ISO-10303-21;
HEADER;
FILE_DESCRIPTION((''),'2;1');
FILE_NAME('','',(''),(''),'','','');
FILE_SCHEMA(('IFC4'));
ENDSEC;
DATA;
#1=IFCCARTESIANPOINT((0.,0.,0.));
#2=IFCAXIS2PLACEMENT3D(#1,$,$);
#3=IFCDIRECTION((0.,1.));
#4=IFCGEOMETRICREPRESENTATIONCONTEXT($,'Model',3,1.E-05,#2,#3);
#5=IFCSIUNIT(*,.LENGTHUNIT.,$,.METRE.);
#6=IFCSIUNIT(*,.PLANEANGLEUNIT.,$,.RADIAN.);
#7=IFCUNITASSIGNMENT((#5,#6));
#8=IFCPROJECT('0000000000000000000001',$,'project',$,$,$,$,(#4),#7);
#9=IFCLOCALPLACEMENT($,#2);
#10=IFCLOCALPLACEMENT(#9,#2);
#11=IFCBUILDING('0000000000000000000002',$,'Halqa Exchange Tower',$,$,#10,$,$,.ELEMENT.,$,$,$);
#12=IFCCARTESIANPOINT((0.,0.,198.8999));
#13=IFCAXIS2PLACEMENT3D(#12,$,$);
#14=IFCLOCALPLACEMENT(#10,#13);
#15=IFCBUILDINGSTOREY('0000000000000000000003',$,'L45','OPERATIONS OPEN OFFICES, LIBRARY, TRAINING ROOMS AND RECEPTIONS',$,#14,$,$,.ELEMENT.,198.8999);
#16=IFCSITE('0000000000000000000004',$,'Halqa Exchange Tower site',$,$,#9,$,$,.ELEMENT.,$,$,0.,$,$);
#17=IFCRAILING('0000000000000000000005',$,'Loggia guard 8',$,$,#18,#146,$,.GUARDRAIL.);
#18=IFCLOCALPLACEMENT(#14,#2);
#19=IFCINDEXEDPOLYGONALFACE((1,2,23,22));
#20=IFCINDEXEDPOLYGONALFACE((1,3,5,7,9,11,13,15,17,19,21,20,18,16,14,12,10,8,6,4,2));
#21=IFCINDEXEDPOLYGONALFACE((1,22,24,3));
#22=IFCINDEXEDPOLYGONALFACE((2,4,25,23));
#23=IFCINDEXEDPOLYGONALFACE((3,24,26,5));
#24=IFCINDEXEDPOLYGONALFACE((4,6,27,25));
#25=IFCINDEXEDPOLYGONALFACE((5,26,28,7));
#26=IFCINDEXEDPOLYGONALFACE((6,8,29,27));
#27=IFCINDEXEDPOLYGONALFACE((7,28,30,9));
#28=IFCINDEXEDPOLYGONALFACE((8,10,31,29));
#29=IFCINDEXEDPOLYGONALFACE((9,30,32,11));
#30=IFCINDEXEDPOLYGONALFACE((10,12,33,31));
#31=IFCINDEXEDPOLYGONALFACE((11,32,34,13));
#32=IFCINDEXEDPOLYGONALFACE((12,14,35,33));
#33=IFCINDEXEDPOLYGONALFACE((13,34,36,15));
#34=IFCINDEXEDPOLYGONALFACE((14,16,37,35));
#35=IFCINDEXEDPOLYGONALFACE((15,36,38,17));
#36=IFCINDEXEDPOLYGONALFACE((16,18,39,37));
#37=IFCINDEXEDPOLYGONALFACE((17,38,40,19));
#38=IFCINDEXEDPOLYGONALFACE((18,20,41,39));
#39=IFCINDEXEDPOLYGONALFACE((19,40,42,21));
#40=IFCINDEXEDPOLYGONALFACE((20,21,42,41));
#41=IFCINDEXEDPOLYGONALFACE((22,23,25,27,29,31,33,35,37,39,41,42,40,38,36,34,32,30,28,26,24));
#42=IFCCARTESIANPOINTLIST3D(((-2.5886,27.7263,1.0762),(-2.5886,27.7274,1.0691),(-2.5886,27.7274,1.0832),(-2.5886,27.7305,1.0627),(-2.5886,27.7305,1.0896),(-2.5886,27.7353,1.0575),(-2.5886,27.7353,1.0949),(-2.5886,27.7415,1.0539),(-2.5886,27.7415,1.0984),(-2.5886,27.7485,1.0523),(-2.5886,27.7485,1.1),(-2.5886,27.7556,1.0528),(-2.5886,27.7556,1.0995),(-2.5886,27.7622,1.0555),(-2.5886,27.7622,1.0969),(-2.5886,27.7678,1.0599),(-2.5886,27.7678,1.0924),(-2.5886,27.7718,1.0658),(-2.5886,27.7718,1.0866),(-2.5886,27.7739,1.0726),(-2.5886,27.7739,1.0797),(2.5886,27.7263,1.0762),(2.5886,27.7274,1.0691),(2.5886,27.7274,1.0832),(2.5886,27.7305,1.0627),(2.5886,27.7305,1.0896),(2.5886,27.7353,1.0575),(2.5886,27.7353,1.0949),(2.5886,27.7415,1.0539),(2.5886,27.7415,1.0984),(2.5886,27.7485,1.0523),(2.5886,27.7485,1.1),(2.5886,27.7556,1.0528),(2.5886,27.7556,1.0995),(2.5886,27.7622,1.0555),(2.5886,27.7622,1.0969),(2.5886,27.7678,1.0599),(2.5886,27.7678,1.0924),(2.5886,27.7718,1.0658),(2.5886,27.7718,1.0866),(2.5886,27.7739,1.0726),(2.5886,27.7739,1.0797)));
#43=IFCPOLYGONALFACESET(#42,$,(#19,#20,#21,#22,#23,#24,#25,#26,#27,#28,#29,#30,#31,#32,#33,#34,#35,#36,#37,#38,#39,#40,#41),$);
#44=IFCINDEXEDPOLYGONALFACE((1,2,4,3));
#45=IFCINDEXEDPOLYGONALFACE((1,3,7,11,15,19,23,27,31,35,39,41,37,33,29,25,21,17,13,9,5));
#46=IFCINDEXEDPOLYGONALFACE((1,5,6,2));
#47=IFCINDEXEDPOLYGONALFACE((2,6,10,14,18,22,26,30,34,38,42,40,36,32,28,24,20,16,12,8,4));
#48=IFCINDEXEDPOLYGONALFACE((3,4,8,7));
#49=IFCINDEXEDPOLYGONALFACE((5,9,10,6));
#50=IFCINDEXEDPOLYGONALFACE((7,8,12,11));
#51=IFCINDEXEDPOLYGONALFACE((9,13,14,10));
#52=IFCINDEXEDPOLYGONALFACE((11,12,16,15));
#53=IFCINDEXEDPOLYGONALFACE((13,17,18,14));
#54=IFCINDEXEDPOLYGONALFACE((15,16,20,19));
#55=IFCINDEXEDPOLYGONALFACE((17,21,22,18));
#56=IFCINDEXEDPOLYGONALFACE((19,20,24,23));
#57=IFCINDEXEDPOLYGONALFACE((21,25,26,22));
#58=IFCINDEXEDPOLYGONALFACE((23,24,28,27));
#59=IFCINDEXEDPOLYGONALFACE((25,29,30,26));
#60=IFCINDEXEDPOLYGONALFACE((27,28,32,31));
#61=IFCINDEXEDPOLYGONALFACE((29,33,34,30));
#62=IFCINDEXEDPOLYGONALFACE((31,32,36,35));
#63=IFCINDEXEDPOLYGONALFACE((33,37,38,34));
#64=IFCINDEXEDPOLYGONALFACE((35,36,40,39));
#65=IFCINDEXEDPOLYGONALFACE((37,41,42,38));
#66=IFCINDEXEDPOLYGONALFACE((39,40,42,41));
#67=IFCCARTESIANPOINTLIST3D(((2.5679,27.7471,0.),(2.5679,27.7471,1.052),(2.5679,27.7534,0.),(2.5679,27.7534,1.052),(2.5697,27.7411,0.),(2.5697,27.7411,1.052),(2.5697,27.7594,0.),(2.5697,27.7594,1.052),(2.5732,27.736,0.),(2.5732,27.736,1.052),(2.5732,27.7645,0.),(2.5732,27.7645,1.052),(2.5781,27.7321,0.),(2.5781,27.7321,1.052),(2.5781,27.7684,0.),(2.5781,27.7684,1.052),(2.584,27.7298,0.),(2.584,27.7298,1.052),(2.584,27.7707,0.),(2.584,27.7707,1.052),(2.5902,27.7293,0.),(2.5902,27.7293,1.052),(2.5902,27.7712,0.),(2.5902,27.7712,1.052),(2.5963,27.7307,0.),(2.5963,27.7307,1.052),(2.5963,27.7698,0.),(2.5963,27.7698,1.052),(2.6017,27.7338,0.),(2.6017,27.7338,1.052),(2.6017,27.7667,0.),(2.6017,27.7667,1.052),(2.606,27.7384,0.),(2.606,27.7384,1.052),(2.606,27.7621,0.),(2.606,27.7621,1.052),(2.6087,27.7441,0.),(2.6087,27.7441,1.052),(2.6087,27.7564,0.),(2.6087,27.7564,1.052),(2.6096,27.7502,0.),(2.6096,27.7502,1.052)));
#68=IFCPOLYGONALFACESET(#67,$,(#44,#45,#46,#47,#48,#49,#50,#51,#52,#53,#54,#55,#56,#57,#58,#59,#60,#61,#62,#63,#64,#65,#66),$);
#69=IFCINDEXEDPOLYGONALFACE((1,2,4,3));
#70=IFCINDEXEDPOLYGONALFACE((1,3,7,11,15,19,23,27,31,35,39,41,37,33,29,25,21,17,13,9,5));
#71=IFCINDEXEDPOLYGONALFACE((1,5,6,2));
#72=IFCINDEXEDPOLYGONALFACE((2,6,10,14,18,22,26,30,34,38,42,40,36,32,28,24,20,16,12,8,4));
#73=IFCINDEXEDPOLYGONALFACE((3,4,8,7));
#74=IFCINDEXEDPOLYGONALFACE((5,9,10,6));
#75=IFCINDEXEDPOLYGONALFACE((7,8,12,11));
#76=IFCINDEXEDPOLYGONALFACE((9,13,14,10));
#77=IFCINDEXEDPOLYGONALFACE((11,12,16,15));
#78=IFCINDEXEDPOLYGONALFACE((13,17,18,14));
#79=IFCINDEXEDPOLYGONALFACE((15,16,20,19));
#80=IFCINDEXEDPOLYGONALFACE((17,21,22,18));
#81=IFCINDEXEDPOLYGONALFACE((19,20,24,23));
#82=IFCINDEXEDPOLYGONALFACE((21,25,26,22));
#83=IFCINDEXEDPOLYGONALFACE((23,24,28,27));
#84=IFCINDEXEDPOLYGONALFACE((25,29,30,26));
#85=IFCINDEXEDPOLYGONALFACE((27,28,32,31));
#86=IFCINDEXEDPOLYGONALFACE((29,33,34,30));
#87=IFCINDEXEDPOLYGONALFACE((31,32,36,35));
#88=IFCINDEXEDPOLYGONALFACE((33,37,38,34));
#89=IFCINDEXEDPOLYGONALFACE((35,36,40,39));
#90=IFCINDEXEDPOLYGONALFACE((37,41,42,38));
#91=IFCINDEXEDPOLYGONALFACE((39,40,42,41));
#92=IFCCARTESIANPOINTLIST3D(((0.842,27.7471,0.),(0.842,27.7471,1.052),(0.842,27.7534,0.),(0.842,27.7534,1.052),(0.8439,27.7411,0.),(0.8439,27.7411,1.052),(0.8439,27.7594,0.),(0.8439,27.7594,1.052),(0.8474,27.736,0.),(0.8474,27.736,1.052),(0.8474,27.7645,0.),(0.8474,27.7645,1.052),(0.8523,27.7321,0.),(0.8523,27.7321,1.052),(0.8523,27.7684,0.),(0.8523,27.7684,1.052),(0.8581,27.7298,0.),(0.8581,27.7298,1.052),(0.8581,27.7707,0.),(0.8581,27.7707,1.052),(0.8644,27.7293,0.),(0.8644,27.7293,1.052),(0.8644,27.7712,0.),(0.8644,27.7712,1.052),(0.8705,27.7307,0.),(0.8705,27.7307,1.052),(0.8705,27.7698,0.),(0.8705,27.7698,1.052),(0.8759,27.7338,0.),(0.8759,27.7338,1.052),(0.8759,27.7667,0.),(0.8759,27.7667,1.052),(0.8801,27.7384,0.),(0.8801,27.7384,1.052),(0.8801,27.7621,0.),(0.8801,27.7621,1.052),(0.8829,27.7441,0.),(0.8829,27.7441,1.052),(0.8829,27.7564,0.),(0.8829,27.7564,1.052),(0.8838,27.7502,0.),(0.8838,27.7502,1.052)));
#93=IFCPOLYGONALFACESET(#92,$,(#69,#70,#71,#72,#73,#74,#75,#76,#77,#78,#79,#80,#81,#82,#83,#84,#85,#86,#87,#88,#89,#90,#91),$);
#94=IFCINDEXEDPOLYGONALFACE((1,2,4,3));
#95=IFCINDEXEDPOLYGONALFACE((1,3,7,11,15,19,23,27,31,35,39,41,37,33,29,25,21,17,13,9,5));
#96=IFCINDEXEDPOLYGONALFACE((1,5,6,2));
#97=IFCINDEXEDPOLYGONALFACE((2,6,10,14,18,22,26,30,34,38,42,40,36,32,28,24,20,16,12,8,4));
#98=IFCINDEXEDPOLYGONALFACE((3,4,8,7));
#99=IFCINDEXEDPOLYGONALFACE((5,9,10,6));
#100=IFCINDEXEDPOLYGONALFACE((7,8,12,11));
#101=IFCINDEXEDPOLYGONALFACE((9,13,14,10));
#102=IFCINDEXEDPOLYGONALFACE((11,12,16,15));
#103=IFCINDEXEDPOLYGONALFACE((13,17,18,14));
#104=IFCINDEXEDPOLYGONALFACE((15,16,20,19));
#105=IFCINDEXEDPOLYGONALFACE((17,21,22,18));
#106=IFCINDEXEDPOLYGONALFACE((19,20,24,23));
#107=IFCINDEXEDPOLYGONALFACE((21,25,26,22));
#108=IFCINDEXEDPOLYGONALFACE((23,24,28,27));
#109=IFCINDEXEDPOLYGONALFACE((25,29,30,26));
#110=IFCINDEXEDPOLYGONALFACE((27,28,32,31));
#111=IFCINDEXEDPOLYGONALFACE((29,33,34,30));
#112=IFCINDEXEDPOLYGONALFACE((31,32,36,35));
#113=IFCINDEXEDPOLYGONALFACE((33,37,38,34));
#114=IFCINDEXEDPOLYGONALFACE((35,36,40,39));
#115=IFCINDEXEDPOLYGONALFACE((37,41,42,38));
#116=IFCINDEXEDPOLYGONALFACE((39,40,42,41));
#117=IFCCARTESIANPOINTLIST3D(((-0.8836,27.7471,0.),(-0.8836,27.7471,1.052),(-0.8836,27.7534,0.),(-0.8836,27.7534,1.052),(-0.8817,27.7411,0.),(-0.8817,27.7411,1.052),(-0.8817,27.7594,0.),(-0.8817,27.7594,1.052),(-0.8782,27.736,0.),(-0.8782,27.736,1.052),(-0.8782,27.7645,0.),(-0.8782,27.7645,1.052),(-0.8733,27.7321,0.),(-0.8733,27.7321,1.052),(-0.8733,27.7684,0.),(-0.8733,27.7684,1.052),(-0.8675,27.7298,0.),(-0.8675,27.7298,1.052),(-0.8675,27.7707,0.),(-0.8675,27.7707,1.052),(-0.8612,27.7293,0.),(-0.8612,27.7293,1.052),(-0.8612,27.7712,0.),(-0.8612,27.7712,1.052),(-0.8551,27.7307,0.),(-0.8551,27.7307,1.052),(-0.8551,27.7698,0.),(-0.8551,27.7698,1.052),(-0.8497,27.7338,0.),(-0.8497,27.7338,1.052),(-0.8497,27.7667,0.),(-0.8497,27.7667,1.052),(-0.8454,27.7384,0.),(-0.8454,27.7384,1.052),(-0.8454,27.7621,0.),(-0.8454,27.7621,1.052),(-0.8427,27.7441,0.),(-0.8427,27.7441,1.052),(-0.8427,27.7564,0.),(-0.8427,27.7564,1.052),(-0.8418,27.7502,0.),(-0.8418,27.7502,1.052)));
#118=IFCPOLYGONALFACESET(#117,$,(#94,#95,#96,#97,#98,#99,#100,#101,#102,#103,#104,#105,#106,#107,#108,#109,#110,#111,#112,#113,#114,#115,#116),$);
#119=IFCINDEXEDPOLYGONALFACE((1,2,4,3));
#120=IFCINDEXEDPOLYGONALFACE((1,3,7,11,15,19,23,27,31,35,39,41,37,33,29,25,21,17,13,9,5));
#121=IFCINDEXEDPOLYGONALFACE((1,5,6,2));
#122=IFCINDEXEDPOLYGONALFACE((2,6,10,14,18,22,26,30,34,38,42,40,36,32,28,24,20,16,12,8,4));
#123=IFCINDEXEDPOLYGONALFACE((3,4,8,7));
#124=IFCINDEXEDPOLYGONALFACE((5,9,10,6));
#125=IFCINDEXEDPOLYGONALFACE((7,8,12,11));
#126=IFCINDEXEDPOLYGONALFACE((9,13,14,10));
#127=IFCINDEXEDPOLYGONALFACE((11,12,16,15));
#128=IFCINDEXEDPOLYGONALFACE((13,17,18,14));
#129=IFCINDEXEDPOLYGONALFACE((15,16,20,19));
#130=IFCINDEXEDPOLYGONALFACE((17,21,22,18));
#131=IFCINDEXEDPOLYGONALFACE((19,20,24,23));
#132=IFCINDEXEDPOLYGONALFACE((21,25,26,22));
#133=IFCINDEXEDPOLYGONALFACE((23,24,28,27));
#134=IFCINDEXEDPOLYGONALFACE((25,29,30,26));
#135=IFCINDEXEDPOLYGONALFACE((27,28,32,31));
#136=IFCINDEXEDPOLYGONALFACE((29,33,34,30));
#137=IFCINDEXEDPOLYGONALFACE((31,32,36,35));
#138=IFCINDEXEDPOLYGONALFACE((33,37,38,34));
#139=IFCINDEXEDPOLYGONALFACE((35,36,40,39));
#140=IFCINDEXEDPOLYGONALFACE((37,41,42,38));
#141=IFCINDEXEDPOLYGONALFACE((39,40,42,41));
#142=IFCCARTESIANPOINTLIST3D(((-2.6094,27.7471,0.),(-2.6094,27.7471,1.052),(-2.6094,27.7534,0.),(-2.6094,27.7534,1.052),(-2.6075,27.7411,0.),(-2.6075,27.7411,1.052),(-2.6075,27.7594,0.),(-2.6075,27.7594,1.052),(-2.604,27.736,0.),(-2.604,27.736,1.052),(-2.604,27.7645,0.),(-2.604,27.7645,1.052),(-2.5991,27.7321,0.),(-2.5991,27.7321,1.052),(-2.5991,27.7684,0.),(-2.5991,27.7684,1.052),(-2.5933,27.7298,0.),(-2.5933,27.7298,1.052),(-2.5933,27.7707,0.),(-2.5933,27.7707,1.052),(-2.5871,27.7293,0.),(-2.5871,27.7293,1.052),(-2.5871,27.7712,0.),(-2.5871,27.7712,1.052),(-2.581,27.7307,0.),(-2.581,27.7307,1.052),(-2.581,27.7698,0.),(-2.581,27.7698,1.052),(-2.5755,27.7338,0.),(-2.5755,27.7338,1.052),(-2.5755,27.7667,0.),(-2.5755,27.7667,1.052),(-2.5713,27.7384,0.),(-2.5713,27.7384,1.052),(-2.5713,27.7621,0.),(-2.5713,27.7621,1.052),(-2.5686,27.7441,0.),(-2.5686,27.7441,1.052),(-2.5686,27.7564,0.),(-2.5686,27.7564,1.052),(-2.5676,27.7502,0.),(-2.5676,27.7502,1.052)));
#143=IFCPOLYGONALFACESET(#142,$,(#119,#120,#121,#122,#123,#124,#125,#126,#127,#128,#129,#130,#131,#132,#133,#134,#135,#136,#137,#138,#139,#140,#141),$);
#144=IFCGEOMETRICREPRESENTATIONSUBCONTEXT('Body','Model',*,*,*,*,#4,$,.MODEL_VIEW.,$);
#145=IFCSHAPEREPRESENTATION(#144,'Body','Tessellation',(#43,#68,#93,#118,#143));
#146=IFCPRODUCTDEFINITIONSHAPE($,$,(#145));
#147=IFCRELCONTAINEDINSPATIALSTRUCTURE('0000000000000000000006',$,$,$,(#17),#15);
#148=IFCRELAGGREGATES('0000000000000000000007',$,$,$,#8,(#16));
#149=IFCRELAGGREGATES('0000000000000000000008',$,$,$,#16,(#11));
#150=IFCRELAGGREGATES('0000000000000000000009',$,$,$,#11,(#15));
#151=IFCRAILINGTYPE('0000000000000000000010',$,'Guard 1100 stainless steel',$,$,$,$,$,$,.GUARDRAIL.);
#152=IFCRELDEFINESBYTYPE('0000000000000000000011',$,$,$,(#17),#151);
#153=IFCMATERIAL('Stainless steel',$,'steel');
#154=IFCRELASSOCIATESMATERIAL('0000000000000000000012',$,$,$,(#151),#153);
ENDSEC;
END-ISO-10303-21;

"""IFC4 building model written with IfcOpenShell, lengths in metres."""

from ifc_helpers import new_model, si_unit, direction, frame, origin, origin_2d, place, context, subcontext, project, spatial, circle, extrude, material, type_object, element, save


model = new_model("IFC4")

# Units and contexts
model_context = context("Model", 3, precision=1e-05, world=origin(), true_north=direction((0.0, 1.0)))
body_context = subcontext(model_context, "Body", "Model", "MODEL_VIEW")
ifc_project = project(units=[si_unit("LENGTHUNIT", "METRE"), si_unit("PLANEANGLEUNIT", "RADIAN")], contexts=[model_context])

# Site, building, storey
site_placement = place(None, origin())
site = spatial("IfcSite", under=ifc_project, at=site_placement, Name="Halqa Exchange Tower site", CompositionType="ELEMENT", RefElevation=0.0)
building_placement = place(site_placement, origin())
building = spatial("IfcBuilding", under=site, at=building_placement, Name="Halqa Exchange Tower", CompositionType="ELEMENT")
storey_placement = place(building_placement, frame((0.0, 0.0, 198.8999)))
storey = spatial("IfcBuildingStorey", under=building, at=storey_placement, Name="L45", Description="OPERATIONS OPEN OFFICES, LIBRARY, TRAINING ROOMS AND RECEPTIONS", CompositionType="ELEMENT", Elevation=198.8999)

# Railing
ifc_material_1 = material(Name="Stainless steel", Category="steel")
railing_type_1 = type_object("IfcRailingType", Name="Guard 1100 stainless steel", PredefinedType="GUARDRAIL", material=ifc_material_1)
railing_1_placement = place(storey_placement, frame((2.5886, 27.7502, 0.0)))
element("IfcRailing", 1, at=railing_1_placement, inside=storey, type_object=railing_type_1, Name="Loggia guard 8", PredefinedType="GUARDRAIL", context=body_context, shape_type="SweptSolid", body=[
    extrude(circle(Radius=0.0239, at=origin_2d()), frame((0.0, 0.0, 1.0762), z_axis=(-1.0, 0.0, 0.0), x_axis=(0.0, -1.0, 0.0)), (0.0, 0.0, 1.0), 5.1772),
    extrude(circle(Radius=0.021, at=origin_2d()), origin(), (0.0, 0.0, 1.0), 1.052),
    extrude(circle(Radius=0.021, at=origin_2d()), frame((-1.7258, 0.0, 0.0)), (0.0, 0.0, 1.0), 1.052),
    extrude(circle(Radius=0.021, at=origin_2d()), frame((-3.4514, 0.0, 0.0)), (0.0, 0.0, 1.0), 1.052),
    extrude(circle(Radius=0.021, at=origin_2d()), frame((-5.1772, 0.0, 0.0)), (0.0, 0.0, 1.0), 1.052),
])

save(model, "model.ifc")
